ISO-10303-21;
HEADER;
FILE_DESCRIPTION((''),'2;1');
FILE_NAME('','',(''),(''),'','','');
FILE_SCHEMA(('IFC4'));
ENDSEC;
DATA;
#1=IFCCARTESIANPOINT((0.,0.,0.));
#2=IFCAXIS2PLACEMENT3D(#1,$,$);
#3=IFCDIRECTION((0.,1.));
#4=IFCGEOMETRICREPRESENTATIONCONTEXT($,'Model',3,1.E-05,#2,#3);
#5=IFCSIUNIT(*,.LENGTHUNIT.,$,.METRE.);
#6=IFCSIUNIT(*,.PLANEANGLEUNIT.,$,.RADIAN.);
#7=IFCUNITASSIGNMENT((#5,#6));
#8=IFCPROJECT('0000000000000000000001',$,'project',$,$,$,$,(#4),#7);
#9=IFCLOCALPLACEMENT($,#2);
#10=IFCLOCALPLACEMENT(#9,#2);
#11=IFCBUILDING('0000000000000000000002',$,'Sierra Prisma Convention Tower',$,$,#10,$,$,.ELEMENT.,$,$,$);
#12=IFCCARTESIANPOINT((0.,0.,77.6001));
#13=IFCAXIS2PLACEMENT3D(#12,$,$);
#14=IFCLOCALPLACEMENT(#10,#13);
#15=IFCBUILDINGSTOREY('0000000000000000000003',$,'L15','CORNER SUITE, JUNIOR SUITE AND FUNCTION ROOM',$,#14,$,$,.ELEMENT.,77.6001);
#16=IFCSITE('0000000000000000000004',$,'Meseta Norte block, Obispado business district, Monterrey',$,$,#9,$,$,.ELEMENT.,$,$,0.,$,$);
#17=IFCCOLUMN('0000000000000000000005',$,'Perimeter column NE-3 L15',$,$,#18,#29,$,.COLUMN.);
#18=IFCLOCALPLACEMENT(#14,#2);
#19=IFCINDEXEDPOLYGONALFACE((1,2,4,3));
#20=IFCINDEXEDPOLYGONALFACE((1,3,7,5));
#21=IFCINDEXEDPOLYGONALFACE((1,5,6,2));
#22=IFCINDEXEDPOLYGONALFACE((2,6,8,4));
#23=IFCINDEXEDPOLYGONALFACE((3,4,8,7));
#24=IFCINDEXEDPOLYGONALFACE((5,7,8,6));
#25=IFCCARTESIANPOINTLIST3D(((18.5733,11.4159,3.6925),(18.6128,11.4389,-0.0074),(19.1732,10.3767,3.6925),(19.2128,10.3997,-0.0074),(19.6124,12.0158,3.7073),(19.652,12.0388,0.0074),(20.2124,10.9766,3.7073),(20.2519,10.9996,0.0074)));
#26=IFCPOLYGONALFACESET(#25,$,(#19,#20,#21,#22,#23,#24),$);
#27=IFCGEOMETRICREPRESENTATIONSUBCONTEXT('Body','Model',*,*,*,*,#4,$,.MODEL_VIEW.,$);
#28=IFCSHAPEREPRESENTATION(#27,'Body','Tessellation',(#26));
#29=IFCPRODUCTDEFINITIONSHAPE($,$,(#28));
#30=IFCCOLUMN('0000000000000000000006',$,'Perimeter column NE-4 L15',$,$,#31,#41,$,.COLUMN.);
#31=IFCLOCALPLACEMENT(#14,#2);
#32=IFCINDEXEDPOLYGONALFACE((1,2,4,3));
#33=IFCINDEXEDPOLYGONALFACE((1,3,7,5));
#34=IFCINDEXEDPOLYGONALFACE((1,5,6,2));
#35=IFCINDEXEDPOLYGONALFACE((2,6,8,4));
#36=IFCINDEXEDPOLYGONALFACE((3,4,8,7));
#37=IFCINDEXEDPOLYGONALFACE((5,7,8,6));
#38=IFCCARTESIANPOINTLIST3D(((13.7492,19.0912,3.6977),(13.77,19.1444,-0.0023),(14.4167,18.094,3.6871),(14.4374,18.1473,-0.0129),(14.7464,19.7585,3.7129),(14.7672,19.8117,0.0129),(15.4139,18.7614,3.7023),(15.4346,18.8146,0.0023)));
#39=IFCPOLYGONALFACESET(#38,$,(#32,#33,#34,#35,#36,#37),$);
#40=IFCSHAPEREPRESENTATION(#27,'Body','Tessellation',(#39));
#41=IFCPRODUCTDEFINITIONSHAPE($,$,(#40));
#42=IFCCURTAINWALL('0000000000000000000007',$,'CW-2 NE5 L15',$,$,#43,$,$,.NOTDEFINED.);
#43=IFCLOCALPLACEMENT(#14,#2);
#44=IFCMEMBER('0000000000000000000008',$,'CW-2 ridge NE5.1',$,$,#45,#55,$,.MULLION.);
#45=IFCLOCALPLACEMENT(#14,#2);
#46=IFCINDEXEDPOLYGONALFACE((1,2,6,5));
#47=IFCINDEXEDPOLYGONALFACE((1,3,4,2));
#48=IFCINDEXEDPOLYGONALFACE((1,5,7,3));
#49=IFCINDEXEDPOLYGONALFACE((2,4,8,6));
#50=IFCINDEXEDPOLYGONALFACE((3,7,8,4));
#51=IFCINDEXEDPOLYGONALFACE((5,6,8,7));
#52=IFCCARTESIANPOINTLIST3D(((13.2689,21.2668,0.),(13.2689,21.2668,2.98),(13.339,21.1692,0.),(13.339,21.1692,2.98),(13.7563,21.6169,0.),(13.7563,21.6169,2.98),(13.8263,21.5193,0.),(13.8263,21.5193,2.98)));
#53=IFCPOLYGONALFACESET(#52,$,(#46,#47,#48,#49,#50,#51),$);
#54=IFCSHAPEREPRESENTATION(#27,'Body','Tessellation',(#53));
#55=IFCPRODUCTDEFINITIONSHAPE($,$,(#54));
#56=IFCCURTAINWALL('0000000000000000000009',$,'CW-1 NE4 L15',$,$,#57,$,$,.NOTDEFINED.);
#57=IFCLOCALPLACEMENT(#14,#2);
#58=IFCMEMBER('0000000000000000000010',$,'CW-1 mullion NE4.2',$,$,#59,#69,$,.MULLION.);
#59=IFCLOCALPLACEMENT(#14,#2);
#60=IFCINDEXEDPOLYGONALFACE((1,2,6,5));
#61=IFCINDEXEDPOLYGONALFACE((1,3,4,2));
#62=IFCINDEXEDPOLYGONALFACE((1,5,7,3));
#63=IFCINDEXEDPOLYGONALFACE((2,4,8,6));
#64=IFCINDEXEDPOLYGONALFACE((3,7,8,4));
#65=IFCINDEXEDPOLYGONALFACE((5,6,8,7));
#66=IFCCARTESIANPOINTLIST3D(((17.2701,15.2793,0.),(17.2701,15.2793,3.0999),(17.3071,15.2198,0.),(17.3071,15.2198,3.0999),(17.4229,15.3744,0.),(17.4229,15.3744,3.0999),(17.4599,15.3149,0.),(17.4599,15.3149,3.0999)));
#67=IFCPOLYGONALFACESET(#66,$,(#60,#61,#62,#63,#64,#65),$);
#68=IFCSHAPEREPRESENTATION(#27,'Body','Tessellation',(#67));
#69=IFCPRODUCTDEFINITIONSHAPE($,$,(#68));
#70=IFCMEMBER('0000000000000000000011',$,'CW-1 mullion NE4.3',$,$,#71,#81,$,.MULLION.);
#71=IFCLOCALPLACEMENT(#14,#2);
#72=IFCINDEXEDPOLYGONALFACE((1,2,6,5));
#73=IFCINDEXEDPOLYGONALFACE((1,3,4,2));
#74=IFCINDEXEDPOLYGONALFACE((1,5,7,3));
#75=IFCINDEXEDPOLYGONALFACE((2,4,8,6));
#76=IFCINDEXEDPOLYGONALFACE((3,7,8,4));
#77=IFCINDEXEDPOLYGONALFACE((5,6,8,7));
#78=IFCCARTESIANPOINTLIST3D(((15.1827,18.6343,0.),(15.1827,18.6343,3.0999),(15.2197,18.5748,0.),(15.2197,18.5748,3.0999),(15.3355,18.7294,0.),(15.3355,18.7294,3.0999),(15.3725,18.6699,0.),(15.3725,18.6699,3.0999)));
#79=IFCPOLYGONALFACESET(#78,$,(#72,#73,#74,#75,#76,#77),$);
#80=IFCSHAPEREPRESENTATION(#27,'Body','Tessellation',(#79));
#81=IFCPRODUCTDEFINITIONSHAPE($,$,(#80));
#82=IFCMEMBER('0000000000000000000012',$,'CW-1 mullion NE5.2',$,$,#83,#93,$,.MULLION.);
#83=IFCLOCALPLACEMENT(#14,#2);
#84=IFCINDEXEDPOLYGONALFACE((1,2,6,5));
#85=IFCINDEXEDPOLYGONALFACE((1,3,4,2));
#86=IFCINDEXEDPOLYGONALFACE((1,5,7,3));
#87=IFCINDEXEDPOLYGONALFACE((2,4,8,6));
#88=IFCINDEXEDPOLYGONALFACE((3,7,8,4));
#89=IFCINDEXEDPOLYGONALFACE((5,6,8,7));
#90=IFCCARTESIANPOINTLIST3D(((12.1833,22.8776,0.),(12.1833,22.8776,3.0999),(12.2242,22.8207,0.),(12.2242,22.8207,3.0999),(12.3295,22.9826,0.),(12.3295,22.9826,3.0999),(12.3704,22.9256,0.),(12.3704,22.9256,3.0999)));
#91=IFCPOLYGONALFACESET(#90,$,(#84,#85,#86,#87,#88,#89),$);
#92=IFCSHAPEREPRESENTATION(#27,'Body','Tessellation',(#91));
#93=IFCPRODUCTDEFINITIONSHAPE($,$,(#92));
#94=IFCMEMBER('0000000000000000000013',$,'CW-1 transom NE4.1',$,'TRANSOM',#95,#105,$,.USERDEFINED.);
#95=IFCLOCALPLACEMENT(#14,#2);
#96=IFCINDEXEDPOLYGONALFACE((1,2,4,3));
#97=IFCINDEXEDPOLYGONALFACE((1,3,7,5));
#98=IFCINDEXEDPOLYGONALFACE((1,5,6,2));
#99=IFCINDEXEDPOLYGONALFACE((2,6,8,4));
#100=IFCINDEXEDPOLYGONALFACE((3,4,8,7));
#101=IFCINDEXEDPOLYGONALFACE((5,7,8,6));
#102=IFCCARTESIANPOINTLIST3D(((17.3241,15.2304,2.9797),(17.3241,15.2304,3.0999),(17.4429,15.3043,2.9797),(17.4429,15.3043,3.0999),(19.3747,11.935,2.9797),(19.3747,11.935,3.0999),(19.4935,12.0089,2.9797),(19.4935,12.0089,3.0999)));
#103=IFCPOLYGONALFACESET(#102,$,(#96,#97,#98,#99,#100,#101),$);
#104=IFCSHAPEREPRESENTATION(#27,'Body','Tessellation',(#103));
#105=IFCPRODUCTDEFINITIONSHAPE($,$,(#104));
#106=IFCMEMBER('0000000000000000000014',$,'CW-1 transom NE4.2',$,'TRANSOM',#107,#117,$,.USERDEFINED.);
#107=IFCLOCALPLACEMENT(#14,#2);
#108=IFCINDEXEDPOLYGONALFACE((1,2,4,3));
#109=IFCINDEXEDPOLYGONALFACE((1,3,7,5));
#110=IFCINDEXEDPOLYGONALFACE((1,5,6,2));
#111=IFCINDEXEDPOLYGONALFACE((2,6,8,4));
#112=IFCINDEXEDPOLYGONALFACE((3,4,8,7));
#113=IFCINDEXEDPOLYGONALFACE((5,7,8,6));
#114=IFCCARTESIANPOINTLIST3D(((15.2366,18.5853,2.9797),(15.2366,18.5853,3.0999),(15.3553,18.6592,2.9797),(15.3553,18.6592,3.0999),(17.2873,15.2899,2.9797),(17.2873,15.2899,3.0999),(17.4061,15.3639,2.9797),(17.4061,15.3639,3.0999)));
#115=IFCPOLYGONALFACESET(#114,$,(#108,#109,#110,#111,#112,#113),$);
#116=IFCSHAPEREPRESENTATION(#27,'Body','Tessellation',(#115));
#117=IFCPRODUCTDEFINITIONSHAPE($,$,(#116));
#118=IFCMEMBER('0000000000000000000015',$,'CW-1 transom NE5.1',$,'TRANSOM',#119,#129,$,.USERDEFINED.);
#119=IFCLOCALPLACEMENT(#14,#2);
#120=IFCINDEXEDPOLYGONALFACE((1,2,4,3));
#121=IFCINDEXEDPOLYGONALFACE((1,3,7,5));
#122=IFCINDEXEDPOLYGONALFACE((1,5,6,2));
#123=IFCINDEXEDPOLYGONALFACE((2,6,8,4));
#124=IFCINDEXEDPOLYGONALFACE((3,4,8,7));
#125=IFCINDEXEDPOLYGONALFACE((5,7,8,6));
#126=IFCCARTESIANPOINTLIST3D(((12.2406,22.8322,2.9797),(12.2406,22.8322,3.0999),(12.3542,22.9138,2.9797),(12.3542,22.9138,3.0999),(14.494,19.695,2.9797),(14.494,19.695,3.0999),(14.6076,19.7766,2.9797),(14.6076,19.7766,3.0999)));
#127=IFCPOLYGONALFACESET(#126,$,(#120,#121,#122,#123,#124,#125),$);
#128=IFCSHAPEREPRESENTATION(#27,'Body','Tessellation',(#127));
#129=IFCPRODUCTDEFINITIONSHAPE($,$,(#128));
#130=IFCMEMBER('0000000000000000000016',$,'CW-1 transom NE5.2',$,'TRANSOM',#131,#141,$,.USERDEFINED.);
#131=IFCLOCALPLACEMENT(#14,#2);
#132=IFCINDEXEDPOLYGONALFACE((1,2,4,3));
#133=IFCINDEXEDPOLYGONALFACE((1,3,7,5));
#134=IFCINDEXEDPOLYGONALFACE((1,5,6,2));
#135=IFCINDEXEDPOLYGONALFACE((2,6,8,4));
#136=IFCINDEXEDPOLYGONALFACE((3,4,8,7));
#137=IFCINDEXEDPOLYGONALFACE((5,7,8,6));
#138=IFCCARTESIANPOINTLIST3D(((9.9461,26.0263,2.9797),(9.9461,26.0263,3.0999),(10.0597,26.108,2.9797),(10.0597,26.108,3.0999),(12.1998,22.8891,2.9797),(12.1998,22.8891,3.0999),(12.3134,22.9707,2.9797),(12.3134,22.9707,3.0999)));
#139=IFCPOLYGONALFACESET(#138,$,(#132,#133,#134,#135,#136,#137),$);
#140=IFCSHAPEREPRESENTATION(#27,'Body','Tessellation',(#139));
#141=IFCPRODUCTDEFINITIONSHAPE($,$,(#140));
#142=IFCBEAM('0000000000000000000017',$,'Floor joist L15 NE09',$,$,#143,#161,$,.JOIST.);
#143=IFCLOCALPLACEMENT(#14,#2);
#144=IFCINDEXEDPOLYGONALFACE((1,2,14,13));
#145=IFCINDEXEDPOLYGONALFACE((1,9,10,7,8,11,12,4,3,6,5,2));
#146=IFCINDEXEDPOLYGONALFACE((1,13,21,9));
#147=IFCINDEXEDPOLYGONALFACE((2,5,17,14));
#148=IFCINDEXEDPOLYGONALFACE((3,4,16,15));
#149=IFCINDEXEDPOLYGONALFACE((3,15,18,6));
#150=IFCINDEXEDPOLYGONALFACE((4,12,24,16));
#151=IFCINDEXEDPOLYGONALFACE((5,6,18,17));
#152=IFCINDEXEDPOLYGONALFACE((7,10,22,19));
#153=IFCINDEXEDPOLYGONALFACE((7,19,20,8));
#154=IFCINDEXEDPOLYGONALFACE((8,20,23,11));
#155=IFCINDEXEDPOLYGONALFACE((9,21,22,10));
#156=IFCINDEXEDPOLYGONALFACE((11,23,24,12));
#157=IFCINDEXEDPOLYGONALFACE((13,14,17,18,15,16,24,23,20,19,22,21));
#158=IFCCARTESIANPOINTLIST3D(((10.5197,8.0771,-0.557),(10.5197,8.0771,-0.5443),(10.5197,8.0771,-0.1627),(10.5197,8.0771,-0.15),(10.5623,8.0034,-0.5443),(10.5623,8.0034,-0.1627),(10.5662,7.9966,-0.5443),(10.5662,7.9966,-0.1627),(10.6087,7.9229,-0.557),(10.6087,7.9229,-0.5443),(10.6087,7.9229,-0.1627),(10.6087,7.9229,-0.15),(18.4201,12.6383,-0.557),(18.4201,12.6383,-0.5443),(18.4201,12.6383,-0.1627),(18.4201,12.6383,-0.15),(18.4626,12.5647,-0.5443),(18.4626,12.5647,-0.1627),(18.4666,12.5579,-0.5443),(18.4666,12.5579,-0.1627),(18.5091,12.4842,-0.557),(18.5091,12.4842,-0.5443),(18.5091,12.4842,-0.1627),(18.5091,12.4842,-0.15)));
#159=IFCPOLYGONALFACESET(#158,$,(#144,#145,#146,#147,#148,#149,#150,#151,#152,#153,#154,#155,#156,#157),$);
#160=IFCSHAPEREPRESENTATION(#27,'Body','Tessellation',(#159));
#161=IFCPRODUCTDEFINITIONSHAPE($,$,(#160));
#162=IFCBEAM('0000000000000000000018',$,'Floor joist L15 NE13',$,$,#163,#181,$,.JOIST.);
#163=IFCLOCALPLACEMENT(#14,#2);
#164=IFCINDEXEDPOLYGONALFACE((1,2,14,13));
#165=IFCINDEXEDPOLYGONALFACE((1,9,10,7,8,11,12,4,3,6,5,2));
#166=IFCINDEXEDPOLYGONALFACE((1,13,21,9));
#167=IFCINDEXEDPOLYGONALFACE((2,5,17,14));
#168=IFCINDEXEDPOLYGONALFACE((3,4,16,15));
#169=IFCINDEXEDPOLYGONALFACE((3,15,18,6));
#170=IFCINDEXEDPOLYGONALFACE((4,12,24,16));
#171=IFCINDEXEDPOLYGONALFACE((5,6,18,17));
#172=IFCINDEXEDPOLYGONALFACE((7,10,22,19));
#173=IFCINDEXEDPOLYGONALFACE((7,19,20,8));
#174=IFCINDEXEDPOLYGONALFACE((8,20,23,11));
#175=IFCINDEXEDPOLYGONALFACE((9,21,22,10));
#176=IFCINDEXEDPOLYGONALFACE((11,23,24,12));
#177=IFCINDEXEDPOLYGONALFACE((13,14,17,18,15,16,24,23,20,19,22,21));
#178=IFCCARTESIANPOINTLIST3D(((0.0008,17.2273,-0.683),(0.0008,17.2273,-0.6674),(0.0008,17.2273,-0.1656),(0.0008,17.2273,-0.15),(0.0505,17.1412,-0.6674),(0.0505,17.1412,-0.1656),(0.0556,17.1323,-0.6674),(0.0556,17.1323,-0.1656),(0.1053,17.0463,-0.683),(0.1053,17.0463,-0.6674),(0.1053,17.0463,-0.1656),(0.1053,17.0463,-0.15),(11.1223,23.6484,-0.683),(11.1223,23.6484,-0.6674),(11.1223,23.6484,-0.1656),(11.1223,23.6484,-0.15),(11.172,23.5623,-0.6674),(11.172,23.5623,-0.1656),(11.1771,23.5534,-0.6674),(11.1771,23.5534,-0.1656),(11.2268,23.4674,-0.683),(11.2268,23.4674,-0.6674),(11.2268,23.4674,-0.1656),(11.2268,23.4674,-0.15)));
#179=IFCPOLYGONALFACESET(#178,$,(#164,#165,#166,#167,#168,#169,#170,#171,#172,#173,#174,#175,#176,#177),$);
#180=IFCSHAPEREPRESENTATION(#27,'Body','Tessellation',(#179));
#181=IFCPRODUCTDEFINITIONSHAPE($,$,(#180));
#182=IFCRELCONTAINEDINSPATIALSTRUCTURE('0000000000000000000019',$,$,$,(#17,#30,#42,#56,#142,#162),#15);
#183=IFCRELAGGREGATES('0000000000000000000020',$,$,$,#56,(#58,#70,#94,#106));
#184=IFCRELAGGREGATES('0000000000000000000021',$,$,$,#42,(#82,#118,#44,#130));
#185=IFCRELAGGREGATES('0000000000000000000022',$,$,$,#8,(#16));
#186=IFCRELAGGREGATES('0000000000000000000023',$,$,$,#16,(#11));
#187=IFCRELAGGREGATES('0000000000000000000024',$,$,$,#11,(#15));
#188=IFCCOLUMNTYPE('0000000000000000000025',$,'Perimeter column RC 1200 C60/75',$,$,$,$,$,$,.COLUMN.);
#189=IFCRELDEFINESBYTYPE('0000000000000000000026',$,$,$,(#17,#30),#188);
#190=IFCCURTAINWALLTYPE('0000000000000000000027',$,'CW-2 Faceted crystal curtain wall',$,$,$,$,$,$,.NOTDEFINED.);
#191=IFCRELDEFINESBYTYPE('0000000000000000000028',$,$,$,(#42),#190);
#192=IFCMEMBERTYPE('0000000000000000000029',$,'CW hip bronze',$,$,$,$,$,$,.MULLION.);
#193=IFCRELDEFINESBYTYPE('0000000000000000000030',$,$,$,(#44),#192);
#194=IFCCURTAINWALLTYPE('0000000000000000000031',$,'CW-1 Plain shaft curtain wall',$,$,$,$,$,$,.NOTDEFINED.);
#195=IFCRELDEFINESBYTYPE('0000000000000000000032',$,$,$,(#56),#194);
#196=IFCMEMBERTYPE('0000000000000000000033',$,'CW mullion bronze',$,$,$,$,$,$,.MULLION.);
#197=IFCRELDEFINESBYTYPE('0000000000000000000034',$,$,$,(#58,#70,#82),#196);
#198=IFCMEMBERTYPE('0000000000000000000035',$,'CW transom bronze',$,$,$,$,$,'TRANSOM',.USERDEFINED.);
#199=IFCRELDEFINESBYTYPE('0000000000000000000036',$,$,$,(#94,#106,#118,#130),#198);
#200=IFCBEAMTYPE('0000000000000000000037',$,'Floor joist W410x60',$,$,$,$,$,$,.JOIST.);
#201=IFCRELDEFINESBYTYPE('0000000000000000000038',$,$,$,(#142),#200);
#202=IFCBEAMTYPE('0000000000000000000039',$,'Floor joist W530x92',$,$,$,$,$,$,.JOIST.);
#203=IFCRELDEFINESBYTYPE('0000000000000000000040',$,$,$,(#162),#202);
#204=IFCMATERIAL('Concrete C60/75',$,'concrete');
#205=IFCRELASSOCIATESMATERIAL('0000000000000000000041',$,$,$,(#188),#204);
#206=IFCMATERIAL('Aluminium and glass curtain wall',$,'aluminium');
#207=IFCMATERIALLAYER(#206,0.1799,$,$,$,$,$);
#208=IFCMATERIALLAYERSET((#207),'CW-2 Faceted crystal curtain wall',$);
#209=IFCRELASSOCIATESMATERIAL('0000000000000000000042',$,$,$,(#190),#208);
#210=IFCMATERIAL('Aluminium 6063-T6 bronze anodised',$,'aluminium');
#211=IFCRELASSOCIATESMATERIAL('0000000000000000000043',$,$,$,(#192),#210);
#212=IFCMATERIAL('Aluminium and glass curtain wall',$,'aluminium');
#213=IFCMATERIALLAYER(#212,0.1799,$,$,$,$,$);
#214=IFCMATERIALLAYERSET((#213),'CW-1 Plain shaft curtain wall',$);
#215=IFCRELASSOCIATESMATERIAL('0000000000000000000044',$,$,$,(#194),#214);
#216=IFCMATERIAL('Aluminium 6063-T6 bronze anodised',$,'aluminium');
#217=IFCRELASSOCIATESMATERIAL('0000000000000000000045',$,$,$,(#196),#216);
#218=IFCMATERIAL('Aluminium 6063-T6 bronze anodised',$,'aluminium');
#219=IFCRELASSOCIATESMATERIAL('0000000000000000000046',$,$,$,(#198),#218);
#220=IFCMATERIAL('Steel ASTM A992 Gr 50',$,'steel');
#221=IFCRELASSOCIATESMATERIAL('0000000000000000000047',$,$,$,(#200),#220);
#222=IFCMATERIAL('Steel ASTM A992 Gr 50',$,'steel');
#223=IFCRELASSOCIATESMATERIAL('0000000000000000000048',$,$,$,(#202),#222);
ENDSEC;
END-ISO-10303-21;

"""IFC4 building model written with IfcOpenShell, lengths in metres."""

from ifc_helpers import new_model, si_unit, direction, frame, origin, origin_2d, place, context, subcontext, project, spatial, rectangle, i_section, extrude, material, layer, layer_set, material_profile, profile_set, type_object, element, aggregate, save


model = new_model("IFC4")

# Units and contexts
model_context = context("Model", 3, precision=1e-05, world=origin(), true_north=direction((0.0, 1.0)))
body_context = subcontext(model_context, "Body", "Model", "MODEL_VIEW")
ifc_project = project(units=[si_unit("LENGTHUNIT", "METRE"), si_unit("PLANEANGLEUNIT", "RADIAN")], contexts=[model_context])

# Site, building, storey
site_placement = place(None, origin())
site = spatial("IfcSite", under=ifc_project, at=site_placement, Name="Meseta Norte block, Obispado business district, Monterrey", CompositionType="ELEMENT", RefElevation=0.0)
building_placement = place(site_placement, origin())
building = spatial("IfcBuilding", under=site, at=building_placement, Name="Sierra Prisma Convention Tower", CompositionType="ELEMENT")
storey_placement = place(building_placement, frame((0.0, 0.0, 77.6001)))
storey = spatial("IfcBuildingStorey", under=building, at=storey_placement, Name="L15", Description="CORNER SUITE, JUNIOR SUITE AND FUNCTION ROOM", CompositionType="ELEMENT", Elevation=77.6001)

# Columns
ifc_material_1 = material(Name="Concrete C60/75", Category="concrete")
ifc_material_profile_1 = material_profile(ifc_material_1, rectangle(XDim=1.2, YDim=1.2, at=origin_2d()), Name="Perimeter column RC 1200 C60/75")
ifc_profile_set_1 = profile_set([ifc_material_profile_1], Name="Concrete C60/75")
column_type = type_object("IfcColumnType", Name="Perimeter column RC 1200 C60/75", PredefinedType="COLUMN", material=ifc_profile_set_1)
column_1_placement = place(storey_placement, frame((19.4324, 11.2192, 0.0), z_axis=(-0.010689, -0.006202, 0.999924), x_axis=(-0.499971, 0.866042, 0.000027)))
element("IfcColumn", 1, at=column_1_placement, inside=storey, type_object=column_type, Name="Perimeter column NE-3 L15", PredefinedType="COLUMN", context=body_context, shape_type="SweptSolid", body=[
    extrude(rectangle(XDim=1.2, YDim=1.2, at=origin_2d()), origin(), (0.0, 0.0, 1.0), 3.7002),
])
column_2_placement = place(storey_placement, frame((14.6023, 18.9795, 0.0), z_axis=(-0.005608, -0.014383, 0.999881), x_axis=(-0.556229, 0.830982, 0.008834)))
element("IfcColumn", 2, at=column_2_placement, inside=storey, type_object=column_type, Name="Perimeter column NE-4 L15", PredefinedType="COLUMN", context=body_context, shape_type="SweptSolid", body=[
    extrude(rectangle(XDim=1.2, YDim=1.2, at=origin_2d()), origin(), (0.0, 0.0, 1.0), 3.7004),
])

# Curtain wall, member
ifc_material_2 = material(Name="Aluminium and glass curtain wall", Category="aluminium")
ifc_layer_1 = layer(ifc_material_2, 0.1799)
ifc_layer_set_1 = layer_set([ifc_layer_1], Name="CW-2 Faceted crystal curtain wall")
curtain_wall_type_1 = type_object("IfcCurtainWallType", Name="CW-2 Faceted crystal curtain wall", PredefinedType="NOTDEFINED", material=ifc_layer_set_1)
curtain_wall_1_placement = place(storey_placement, origin())
curtain_wall_1 = element("IfcCurtainWall", 3, at=curtain_wall_1_placement, inside=storey, type_object=curtain_wall_type_1, Name="CW-2 NE5 L15", PredefinedType="NOTDEFINED")
ifc_material_3 = material(Name="Aluminium 6063-T6 bronze anodised", Category="aluminium")
ifc_material_profile_2 = material_profile(ifc_material_3, rectangle(XDim=0.1201, YDim=0.6001, at=origin_2d()), Name="ALU RIDGE BLADE 120x600")
ifc_profile_set_2 = profile_set([ifc_material_profile_2], Name="Aluminium 6063-T6 bronze anodised")
member_type_1 = type_object("IfcMemberType", Name="CW hip bronze", PredefinedType="MULLION", material=ifc_profile_set_2)
member_1_placement = place(storey_placement, frame((13.5476, 21.3931, 0.0), z_axis=(0.0, 0.0, 1.0), x_axis=(-0.583401, 0.812184, 0.0)))
member_1 = element("IfcMember", 4, at=member_1_placement, type_object=member_type_1, Name="CW-2 ridge NE5.1", PredefinedType="MULLION", context=body_context, shape_type="SweptSolid", body=[
    extrude(rectangle(XDim=0.1201, YDim=0.6001, at=origin_2d()), origin(), (0.0, 0.0, 1.0), 2.98),
])

# Curtain wall, members
ifc_material_4 = material(Name="Aluminium and glass curtain wall", Category="aluminium")
ifc_layer_2 = layer(ifc_material_4, 0.1799)
ifc_layer_set_2 = layer_set([ifc_layer_2], Name="CW-1 Plain shaft curtain wall")
curtain_wall_type_2 = type_object("IfcCurtainWallType", Name="CW-1 Plain shaft curtain wall", PredefinedType="NOTDEFINED", material=ifc_layer_set_2)
curtain_wall_2_placement = place(storey_placement, origin())
curtain_wall_2 = element("IfcCurtainWall", 5, at=curtain_wall_2_placement, inside=storey, type_object=curtain_wall_type_2, Name="CW-1 NE4 L15", PredefinedType="NOTDEFINED")
ifc_material_5 = material(Name="Aluminium 6063-T6 bronze anodised", Category="aluminium")
ifc_material_profile_3 = material_profile(ifc_material_5, rectangle(XDim=0.1799, YDim=0.0701, at=origin_2d()), Name="ALU MULLION 70x180")
ifc_profile_set_3 = profile_set([ifc_material_profile_3], Name="Aluminium 6063-T6 bronze anodised")
member_type_2 = type_object("IfcMemberType", Name="CW mullion bronze", PredefinedType="MULLION", material=ifc_profile_set_3)
member_2_placement = place(storey_placement, frame((17.365, 15.2971, 0.0), z_axis=(0.0, 0.0, 1.0), x_axis=(-0.84905, -0.528313, 0.0)))
member_2 = element("IfcMember", 6, at=member_2_placement, type_object=member_type_2, Name="CW-1 mullion NE4.2", PredefinedType="MULLION", context=body_context, shape_type="SweptSolid", body=[
    extrude(rectangle(XDim=0.1799, YDim=0.0701, at=origin_2d()), origin(), (0.0, 0.0, 1.0), 3.0999),
])
member_3_placement = place(storey_placement, frame((15.2776, 18.6521, 0.0), z_axis=(0.0, 0.0, 1.0), x_axis=(-0.84905, -0.528313, 0.0)))
member_3 = element("IfcMember", 7, at=member_3_placement, type_object=member_type_2, Name="CW-1 mullion NE4.3", PredefinedType="MULLION", context=body_context, shape_type="SweptSolid", body=[
    extrude(rectangle(XDim=0.1799, YDim=0.0701, at=origin_2d()), origin(), (0.0, 0.0, 1.0), 3.0999),
])

# Members
member_4_placement = place(storey_placement, frame((12.2769, 22.9016, 0.0), z_axis=(0.0, 0.0, 1.0), x_axis=(-0.812184, -0.583401, 0.0)))
member_4 = element("IfcMember", 8, at=member_4_placement, type_object=member_type_2, Name="CW-1 mullion NE5.2", PredefinedType="MULLION", context=body_context, shape_type="SweptSolid", body=[
    extrude(rectangle(XDim=0.1799, YDim=0.0701, at=origin_2d()), origin(), (0.0, 0.0, 1.0), 3.0999),
])
ifc_material_6 = material(Name="Aluminium 6063-T6 bronze anodised", Category="aluminium")
ifc_material_profile_4 = material_profile(ifc_material_6, rectangle(XDim=0.1399, YDim=0.1201, at=origin_2d()), Name="ALU TRANSOM 120x140")
ifc_profile_set_4 = profile_set([ifc_material_profile_4], Name="Aluminium 6063-T6 bronze anodised")
member_type_3 = type_object("IfcMemberType", Name="CW transom bronze", ElementType="TRANSOM", PredefinedType="USERDEFINED", material=ifc_profile_set_4)
member_5_placement = place(storey_placement, frame((19.4341, 11.9719, 3.0398), z_axis=(-0.528313, 0.84905, 0.0), x_axis=(-0.84905, -0.528313, 0.0)))
member_5 = element("IfcMember", 9, at=member_5_placement, type_object=member_type_3, Name="CW-1 transom NE4.1", ObjectType="TRANSOM", PredefinedType="USERDEFINED", context=body_context, shape_type="SweptSolid", body=[
    extrude(rectangle(XDim=0.1399, YDim=0.1201, at=origin_2d()), origin(), (0.0, 0.0, 1.0), 3.8813),
])
member_6_placement = place(storey_placement, frame((17.3467, 15.3269, 3.0398), z_axis=(-0.528358, 0.849021, 0.0), x_axis=(-0.849021, -0.528358, 0.0)))
member_6 = element("IfcMember", 10, at=member_6_placement, type_object=member_type_3, Name="CW-1 transom NE4.2", ObjectType="TRANSOM", PredefinedType="USERDEFINED", context=body_context, shape_type="SweptSolid", body=[
    extrude(rectangle(XDim=0.1399, YDim=0.1201, at=origin_2d()), origin(), (0.0, 0.0, 1.0), 3.8813),
])
member_7_placement = place(storey_placement, frame((14.5508, 19.7358, 3.0398), z_axis=(-0.583389, 0.812193, 0.0), x_axis=(-0.812193, -0.583389, 0.0)))
member_7 = element("IfcMember", 11, at=member_7_placement, type_object=member_type_3, Name="CW-1 transom NE5.1", ObjectType="TRANSOM", PredefinedType="USERDEFINED", context=body_context, shape_type="SweptSolid", body=[
    extrude(rectangle(XDim=0.1399, YDim=0.1201, at=origin_2d()), origin(), (0.0, 0.0, 1.0), 3.8625),
])
member_8_placement = place(storey_placement, frame((12.2566, 22.9299, 3.0398), z_axis=(-0.58343, 0.812163, 0.0), x_axis=(-0.812163, -0.58343, 0.0)))
member_8 = element("IfcMember", 12, at=member_8_placement, type_object=member_type_3, Name="CW-1 transom NE5.2", ObjectType="TRANSOM", PredefinedType="USERDEFINED", context=body_context, shape_type="SweptSolid", body=[
    extrude(rectangle(XDim=0.1399, YDim=0.1201, at=origin_2d()), origin(), (0.0, 0.0, 1.0), 3.8628),
])

# Beams
ifc_material_7 = material(Name="Steel ASTM A992 Gr 50", Category="steel")
ifc_material_profile_5 = material_profile(ifc_material_7, i_section(OverallWidth=0.178, OverallDepth=0.407, WebThickness=0.0078, FlangeThickness=0.0127, at=origin_2d()), Name="W410x60")
ifc_profile_set_5 = profile_set([ifc_material_profile_5], Name="Steel ASTM A992 Gr 50")
beam_type_1 = type_object("IfcBeamType", Name="Floor joist W410x60", PredefinedType="JOIST", material=ifc_profile_set_5)
beam_1_placement = place(storey_placement, frame((18.4646, 12.5613, -0.3535), z_axis=(-0.866026, -0.499999, 0.0), x_axis=(0.499999, -0.866026, 0.0)))
element("IfcBeam", 13, at=beam_1_placement, inside=storey, type_object=beam_type_1, Name="Floor joist L15 NE09", PredefinedType="JOIST", context=body_context, shape_type="SweptSolid", body=[
    extrude(i_section(OverallWidth=0.178, OverallDepth=0.407, WebThickness=0.0078, FlangeThickness=0.0127, at=origin_2d()), origin(), (0.0, 0.0, 1.0), 9.1226),
])
ifc_material_8 = material(Name="Steel ASTM A992 Gr 50", Category="steel")
ifc_material_profile_6 = material_profile(ifc_material_8, i_section(OverallWidth=0.209, OverallDepth=0.533, WebThickness=0.0103, FlangeThickness=0.0156, at=origin_2d()), Name="W530x92")
ifc_profile_set_6 = profile_set([ifc_material_profile_6], Name="Steel ASTM A992 Gr 50")
beam_type_2 = type_object("IfcBeamType", Name="Floor joist W530x92", PredefinedType="JOIST", material=ifc_profile_set_6)
beam_2_placement = place(storey_placement, frame((11.1746, 23.5579, -0.4165), z_axis=(-0.866022, -0.500006, 0.0), x_axis=(0.500006, -0.866022, 0.0)))
element("IfcBeam", 14, at=beam_2_placement, inside=storey, type_object=beam_type_2, Name="Floor joist L15 NE13", PredefinedType="JOIST", context=body_context, shape_type="SweptSolid", body=[
    extrude(i_section(OverallWidth=0.209, OverallDepth=0.533, WebThickness=0.0103, FlangeThickness=0.0156, at=origin_2d()), origin(), (0.0, 0.0, 1.0), 12.842),
])

aggregate(curtain_wall_2, [member_2, member_3, member_5, member_6])

aggregate(curtain_wall_1, [member_4, member_7, member_1, member_8])

save(model, "model.ifc")
